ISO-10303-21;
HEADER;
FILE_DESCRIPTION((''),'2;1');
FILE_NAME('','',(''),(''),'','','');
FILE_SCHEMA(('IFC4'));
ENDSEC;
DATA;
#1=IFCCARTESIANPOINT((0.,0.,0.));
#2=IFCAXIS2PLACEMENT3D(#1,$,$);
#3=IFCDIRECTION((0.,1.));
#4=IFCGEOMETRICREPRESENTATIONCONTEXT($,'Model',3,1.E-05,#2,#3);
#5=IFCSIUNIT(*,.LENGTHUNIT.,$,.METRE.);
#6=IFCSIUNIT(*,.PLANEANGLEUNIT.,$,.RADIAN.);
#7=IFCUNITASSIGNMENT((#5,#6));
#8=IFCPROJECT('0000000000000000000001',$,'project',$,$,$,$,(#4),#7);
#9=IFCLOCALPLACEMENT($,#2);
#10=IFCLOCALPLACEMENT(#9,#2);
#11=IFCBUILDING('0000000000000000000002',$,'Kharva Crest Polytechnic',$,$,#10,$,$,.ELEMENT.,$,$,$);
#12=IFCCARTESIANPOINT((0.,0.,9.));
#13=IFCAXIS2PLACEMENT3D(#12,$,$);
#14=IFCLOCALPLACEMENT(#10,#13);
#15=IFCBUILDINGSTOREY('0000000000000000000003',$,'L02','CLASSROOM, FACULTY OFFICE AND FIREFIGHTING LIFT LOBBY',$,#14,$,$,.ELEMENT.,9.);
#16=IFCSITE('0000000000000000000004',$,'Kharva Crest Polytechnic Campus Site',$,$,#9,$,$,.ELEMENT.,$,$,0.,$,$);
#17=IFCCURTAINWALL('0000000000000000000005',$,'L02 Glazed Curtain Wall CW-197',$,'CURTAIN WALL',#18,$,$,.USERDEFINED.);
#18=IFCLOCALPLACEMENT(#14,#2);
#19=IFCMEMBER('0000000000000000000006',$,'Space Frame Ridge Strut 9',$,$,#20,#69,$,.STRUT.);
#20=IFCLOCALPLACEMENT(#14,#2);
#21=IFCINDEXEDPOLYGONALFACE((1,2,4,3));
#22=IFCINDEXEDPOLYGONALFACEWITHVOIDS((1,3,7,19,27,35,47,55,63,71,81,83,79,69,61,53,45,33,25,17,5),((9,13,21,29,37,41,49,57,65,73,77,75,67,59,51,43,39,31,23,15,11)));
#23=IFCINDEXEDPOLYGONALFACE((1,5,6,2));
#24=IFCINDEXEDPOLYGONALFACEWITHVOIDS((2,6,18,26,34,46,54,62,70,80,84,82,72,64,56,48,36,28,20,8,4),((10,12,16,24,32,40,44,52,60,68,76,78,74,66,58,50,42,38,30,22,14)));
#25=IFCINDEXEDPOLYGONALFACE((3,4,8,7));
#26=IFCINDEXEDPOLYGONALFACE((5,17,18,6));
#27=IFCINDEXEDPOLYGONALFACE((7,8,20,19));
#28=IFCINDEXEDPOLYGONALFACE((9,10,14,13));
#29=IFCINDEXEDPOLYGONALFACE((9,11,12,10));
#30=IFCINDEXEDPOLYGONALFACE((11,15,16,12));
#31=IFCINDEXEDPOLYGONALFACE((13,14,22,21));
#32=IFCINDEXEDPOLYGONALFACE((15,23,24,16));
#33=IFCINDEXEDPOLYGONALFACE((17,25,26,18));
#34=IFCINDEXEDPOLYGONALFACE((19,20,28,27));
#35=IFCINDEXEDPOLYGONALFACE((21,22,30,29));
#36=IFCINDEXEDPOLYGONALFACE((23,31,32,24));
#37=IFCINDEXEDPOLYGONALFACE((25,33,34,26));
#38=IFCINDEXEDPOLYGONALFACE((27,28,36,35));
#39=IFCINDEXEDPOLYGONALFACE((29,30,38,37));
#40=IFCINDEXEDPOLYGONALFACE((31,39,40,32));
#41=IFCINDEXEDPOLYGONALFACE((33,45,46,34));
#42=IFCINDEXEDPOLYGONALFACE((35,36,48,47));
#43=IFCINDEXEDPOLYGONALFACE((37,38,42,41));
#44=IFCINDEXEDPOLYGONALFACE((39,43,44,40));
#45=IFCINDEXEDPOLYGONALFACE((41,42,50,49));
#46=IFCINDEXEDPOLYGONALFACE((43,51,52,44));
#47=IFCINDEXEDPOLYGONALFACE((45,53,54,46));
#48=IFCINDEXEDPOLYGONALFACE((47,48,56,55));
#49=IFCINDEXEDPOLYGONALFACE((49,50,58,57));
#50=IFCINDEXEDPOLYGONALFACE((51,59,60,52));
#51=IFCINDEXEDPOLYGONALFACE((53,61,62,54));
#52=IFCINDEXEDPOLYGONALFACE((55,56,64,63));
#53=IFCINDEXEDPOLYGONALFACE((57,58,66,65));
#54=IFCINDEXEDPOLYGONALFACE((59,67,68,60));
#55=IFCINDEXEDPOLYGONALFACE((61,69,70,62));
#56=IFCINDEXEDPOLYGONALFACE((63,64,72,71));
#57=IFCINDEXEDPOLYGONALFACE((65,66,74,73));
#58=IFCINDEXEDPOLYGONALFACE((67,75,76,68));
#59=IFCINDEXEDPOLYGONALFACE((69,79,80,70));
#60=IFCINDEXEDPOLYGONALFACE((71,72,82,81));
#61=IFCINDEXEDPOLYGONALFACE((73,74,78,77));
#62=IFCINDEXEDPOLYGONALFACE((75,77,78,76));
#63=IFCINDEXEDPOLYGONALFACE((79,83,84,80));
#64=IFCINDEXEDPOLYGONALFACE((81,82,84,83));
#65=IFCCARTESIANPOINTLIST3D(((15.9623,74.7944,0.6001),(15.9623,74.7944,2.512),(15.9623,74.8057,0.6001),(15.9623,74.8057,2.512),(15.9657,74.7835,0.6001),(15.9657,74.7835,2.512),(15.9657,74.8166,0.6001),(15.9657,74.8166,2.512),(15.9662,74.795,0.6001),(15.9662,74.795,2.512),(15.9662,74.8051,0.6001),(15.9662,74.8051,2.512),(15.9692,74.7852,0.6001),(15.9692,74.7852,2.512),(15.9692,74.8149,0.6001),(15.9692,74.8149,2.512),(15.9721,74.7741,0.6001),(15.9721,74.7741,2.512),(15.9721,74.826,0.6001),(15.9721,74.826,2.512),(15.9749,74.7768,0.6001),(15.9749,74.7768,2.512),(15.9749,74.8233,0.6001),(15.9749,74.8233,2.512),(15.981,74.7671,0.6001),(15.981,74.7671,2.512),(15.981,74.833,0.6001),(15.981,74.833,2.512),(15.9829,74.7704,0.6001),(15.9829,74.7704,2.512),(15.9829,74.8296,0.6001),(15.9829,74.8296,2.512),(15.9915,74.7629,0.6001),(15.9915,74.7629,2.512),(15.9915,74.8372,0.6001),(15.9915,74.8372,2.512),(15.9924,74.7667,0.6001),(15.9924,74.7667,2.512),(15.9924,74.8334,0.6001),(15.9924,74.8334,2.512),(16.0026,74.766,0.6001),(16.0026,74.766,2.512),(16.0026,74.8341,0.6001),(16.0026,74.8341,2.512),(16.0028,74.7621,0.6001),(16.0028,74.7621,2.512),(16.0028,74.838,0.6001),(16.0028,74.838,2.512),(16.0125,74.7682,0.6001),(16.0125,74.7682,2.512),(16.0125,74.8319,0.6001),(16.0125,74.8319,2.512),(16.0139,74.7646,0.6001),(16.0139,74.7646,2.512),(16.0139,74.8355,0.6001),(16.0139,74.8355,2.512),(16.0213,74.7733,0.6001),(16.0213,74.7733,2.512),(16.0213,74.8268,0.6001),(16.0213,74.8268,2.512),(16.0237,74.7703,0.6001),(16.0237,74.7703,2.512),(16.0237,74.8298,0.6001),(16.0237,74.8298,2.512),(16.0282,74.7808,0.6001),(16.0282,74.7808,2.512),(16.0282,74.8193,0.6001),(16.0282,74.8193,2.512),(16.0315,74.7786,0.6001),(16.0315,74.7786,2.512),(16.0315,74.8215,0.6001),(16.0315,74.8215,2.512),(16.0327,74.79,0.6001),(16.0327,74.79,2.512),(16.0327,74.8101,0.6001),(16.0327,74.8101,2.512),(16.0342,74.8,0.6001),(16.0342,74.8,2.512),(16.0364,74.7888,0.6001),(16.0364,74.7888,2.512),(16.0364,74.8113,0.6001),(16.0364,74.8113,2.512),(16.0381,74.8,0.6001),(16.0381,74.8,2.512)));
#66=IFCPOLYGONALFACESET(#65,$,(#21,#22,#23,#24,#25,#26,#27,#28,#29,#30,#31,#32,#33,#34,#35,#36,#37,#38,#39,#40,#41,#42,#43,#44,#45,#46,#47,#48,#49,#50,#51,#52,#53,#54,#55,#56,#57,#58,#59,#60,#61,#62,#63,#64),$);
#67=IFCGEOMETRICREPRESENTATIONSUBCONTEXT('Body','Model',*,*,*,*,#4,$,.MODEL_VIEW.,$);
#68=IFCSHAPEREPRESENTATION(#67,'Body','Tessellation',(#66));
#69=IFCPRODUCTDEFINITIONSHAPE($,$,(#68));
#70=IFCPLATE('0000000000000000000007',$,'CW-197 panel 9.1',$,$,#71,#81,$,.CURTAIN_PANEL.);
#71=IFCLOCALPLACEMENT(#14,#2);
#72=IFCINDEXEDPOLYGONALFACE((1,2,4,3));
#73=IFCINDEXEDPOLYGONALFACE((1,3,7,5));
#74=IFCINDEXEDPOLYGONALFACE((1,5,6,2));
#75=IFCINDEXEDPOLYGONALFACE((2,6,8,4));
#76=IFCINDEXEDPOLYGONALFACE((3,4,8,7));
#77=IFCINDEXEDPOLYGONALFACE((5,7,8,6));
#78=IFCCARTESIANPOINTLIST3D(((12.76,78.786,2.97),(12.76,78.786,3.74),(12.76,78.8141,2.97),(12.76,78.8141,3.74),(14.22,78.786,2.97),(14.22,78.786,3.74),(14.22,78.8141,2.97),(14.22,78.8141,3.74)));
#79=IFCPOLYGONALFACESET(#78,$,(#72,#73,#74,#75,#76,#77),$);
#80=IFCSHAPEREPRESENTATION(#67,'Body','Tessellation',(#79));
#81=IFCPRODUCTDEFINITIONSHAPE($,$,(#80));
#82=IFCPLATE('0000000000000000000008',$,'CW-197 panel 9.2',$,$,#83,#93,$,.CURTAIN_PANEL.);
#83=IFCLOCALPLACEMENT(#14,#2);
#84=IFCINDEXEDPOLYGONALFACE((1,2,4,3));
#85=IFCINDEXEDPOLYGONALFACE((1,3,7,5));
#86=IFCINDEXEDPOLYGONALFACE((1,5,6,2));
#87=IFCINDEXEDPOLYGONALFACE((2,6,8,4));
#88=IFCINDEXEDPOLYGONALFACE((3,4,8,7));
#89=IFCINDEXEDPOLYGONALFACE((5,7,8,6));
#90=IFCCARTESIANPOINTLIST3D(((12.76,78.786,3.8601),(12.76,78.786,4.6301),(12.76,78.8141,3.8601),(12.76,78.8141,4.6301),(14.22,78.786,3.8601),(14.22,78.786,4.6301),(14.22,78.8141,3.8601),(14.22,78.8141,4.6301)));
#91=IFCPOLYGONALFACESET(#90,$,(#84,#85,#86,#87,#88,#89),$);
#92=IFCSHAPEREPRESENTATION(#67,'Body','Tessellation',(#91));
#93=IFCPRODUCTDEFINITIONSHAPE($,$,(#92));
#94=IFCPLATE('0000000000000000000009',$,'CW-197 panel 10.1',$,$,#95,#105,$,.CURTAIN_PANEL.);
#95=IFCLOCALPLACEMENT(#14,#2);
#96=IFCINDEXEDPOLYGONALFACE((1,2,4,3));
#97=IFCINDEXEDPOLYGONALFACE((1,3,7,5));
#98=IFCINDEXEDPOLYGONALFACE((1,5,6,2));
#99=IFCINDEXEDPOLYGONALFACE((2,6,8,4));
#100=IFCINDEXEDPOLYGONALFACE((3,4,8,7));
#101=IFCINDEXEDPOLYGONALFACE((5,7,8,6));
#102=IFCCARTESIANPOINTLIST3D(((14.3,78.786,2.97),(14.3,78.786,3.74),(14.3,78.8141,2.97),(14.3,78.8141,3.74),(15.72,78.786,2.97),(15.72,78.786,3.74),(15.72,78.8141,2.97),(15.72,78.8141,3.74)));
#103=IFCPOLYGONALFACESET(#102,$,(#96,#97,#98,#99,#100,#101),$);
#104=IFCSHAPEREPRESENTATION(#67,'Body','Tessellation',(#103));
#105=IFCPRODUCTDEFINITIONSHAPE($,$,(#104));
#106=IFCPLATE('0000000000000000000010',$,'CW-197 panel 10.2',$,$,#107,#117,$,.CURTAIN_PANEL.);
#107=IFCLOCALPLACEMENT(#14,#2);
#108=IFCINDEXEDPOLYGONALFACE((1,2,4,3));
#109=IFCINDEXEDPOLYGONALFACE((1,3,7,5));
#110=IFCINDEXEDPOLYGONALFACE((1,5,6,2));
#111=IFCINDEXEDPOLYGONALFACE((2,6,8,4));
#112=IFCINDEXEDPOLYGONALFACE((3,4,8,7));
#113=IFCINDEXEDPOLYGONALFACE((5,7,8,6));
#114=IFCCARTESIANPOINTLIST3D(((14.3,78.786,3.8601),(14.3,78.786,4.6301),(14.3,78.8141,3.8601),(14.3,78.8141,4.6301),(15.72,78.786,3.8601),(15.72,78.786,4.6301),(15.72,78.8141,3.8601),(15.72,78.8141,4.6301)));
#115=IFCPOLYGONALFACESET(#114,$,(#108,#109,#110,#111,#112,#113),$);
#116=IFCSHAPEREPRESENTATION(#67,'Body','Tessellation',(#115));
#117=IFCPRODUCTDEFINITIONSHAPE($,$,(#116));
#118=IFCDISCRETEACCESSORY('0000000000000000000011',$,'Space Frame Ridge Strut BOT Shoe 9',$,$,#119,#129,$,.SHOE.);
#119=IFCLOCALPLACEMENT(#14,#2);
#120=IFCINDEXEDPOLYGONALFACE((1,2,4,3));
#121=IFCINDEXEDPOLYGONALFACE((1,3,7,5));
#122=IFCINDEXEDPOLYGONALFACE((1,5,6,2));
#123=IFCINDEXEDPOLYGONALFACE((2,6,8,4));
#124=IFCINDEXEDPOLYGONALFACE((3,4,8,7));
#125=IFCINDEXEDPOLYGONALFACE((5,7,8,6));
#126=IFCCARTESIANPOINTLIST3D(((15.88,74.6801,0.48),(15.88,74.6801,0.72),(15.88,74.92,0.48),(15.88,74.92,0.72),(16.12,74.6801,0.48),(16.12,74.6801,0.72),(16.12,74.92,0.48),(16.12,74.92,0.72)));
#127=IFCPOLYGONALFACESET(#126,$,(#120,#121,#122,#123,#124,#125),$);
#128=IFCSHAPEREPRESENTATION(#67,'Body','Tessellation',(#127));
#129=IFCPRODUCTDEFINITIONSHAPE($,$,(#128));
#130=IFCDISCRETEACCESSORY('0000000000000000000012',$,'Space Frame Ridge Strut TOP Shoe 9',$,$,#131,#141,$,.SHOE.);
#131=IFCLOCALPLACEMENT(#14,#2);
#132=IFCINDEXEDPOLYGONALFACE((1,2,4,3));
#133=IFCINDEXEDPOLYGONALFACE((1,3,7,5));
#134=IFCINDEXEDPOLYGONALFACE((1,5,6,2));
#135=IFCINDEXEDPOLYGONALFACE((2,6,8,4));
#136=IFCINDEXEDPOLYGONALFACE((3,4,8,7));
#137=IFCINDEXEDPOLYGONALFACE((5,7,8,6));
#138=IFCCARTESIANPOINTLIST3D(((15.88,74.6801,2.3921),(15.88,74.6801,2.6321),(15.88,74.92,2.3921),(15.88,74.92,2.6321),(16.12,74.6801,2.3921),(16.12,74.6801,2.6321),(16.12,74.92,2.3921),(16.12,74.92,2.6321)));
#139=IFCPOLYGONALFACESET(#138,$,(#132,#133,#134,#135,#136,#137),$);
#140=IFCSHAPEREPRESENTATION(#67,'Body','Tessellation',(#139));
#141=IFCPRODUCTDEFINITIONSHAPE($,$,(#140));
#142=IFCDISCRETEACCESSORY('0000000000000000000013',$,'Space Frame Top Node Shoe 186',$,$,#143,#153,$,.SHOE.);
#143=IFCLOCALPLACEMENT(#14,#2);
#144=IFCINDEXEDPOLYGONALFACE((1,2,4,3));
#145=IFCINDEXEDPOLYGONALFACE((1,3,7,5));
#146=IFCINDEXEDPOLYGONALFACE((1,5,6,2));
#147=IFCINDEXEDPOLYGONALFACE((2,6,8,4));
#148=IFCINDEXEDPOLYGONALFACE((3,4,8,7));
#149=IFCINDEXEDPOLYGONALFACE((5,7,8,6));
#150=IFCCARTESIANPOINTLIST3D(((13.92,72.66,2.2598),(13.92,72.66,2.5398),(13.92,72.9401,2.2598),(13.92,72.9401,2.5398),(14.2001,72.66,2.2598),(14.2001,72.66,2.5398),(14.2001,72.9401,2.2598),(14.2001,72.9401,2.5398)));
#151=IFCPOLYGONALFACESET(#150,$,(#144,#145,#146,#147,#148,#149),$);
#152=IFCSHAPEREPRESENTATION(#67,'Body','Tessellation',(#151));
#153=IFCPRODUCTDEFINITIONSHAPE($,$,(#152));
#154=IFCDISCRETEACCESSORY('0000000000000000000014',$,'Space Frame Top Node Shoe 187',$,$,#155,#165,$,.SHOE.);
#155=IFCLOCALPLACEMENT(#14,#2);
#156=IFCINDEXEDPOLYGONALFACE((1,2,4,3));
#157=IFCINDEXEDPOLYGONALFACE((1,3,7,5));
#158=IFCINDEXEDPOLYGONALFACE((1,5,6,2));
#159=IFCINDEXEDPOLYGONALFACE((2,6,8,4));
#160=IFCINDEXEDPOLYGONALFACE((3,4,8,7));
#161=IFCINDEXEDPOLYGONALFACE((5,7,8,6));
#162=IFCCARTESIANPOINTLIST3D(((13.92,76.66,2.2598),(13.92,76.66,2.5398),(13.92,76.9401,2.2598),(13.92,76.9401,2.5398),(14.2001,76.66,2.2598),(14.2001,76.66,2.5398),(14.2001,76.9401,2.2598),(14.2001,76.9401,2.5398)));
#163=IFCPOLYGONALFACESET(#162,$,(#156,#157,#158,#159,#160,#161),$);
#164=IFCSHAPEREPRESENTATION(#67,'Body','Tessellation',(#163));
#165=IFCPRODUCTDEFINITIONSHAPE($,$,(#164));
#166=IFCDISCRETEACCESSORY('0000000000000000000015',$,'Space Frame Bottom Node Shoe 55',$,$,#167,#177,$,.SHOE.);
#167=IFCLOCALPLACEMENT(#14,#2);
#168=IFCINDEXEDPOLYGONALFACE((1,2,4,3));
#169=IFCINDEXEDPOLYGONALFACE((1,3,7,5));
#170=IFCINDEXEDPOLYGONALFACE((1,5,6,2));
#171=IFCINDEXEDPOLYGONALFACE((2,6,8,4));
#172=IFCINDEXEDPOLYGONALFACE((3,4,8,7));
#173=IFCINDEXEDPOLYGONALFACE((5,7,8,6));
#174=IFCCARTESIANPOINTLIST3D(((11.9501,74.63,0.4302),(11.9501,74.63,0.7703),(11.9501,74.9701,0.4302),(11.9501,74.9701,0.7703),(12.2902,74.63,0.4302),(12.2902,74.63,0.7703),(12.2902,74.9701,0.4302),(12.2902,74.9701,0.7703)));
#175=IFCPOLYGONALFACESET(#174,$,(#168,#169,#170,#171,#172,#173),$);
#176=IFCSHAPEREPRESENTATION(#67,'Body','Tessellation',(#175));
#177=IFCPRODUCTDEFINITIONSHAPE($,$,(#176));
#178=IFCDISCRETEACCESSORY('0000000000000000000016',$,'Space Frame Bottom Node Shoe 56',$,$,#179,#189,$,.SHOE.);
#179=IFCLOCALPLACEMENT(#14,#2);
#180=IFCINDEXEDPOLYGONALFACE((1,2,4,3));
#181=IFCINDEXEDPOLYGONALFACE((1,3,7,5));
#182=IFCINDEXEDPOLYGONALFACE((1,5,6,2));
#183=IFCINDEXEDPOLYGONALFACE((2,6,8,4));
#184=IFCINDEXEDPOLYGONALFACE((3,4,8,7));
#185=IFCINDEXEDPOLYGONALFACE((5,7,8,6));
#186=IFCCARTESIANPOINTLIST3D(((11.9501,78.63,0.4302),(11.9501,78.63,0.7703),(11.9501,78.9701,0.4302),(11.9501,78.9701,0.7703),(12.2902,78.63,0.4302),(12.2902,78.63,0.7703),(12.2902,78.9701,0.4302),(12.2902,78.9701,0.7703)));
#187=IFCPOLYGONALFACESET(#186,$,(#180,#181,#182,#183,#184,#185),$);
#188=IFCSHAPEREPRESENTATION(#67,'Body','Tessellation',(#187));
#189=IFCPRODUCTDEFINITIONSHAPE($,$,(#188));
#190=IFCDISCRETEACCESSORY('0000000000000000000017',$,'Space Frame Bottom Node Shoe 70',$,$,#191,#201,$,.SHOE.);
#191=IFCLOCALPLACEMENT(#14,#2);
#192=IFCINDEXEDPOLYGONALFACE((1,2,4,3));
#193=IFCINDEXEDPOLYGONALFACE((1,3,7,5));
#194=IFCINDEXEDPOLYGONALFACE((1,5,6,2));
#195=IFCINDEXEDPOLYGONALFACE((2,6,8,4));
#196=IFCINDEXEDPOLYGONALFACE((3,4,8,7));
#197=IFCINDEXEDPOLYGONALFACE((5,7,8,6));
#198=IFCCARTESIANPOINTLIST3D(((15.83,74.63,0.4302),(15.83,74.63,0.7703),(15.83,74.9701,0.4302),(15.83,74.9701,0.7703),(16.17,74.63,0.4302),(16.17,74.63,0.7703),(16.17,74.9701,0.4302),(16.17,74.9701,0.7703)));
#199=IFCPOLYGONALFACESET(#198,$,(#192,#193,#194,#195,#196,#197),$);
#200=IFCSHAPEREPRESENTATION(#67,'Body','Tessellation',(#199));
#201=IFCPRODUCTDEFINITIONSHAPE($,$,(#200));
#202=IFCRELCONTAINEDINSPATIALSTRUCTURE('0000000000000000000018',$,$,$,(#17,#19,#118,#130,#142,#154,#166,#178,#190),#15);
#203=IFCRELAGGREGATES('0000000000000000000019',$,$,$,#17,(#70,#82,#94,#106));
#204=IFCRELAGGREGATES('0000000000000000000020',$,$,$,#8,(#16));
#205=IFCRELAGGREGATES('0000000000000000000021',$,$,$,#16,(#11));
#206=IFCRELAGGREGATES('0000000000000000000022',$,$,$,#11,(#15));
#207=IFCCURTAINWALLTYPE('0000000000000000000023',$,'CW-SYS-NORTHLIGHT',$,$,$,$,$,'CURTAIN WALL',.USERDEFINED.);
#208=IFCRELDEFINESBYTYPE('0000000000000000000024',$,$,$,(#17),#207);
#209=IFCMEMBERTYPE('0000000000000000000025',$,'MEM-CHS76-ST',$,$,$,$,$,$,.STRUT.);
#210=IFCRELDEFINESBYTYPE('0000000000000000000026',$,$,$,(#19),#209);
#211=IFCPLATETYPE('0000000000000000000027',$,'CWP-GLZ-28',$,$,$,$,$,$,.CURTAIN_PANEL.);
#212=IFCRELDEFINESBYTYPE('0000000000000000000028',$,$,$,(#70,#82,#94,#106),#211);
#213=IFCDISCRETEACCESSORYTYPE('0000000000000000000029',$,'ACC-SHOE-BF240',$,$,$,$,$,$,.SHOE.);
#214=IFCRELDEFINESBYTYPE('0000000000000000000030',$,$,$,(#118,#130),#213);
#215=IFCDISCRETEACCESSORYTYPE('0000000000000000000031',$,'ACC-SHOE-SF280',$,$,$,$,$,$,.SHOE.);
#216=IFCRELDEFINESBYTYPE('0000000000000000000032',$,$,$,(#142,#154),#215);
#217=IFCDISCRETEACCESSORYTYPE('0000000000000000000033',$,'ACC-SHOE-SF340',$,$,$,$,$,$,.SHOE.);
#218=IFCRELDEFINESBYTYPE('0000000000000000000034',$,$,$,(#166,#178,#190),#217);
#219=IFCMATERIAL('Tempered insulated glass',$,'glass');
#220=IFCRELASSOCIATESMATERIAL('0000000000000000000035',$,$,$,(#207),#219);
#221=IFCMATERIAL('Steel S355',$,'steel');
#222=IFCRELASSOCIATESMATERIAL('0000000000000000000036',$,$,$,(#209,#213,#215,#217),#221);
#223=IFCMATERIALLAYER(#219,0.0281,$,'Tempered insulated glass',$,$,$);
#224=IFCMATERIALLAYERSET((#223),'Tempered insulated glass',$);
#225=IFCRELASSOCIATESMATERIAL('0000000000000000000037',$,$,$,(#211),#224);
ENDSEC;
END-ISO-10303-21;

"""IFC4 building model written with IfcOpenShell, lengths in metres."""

from ifc_helpers import new_model, si_unit, direction, frame, origin, origin_2d, place, context, subcontext, project, spatial, rectangle, hollow_circle, extrude, material, layer, layer_set, material_profile, profile_set, type_object, element, aggregate, save


model = new_model("IFC4")

# Units and contexts
model_context = context("Model", 3, precision=1e-05, world=origin(), true_north=direction((0.0, 1.0)))
body_context = subcontext(model_context, "Body", "Model", "MODEL_VIEW")
ifc_project = project(units=[si_unit("LENGTHUNIT", "METRE"), si_unit("PLANEANGLEUNIT", "RADIAN")], contexts=[model_context])

# Site, building, storey
site_placement = place(None, origin())
site = spatial("IfcSite", under=ifc_project, at=site_placement, Name="Kharva Crest Polytechnic Campus Site", CompositionType="ELEMENT", RefElevation=0.0)
building_placement = place(site_placement, origin())
building = spatial("IfcBuilding", under=site, at=building_placement, Name="Kharva Crest Polytechnic", CompositionType="ELEMENT")
storey_placement = place(building_placement, frame((0.0, 0.0, 9.0)))
storey = spatial("IfcBuildingStorey", under=building, at=storey_placement, Name="L02", Description="CLASSROOM, FACULTY OFFICE AND FIREFIGHTING LIFT LOBBY", CompositionType="ELEMENT", Elevation=9.0)

# Curtain wall
ifc_material_1 = material(Name="Tempered insulated glass", Category="glass")
curtain_wall_type = type_object("IfcCurtainWallType", Name="CW-SYS-NORTHLIGHT", ElementType="CURTAIN WALL", PredefinedType="USERDEFINED", material=ifc_material_1)
curtain_wall_placement = place(storey_placement, origin())
curtain_wall = element("IfcCurtainWall", 1, at=curtain_wall_placement, inside=storey, type_object=curtain_wall_type, Name="L02 Glazed Curtain Wall CW-197", ObjectType="CURTAIN WALL", PredefinedType="USERDEFINED")
ifc_material_2 = material(Name="Steel S355", Category="steel")

# Member
ifc_material_profile_1 = material_profile(ifc_material_2, hollow_circle(Radius=0.0381, WallThickness=0.0039, at=origin_2d()), Name="CHS 76.1X4.0")
ifc_profile_set_1 = profile_set([ifc_material_profile_1], Name="Steel S355")
member_type_1 = type_object("IfcMemberType", Name="MEM-CHS76-ST", PredefinedType="STRUT", material=ifc_profile_set_1)
member_1_placement = place(storey_placement, frame((16.0, 74.8, 0.6001), z_axis=(0.0, 0.0, 1.0), x_axis=(1.0, 0.0, 0.0)))
element("IfcMember", 2, at=member_1_placement, inside=storey, type_object=member_type_1, Name="Space Frame Ridge Strut 9", PredefinedType="STRUT", context=body_context, shape_type="SweptSolid", body=[
    extrude(hollow_circle(Radius=0.0381, WallThickness=0.0039, at=origin_2d()), origin(), (0.0, 0.0, 1.0), 1.9119),
])

# Plates
ifc_layer = layer(ifc_material_1, 0.0281, Name="Tempered insulated glass")
ifc_layer_set = layer_set([ifc_layer], Name="Tempered insulated glass")
plate_type = type_object("IfcPlateType", Name="CWP-GLZ-28", PredefinedType="CURTAIN_PANEL", material=ifc_layer_set)
plate_1_placement = place(storey_placement, frame((13.49, 78.8, 2.97), z_axis=(0.0, 0.0, 1.0), x_axis=(1.0, 0.0, 0.0)))
plate_1 = element("IfcPlate", 3, at=plate_1_placement, type_object=plate_type, Name="CW-197 panel 9.1", PredefinedType="CURTAIN_PANEL", context=body_context, shape_type="SweptSolid", body=[
    extrude(rectangle(XDim=1.46, YDim=0.0281, at=origin_2d()), origin(), (0.0, 0.0, 1.0), 0.77),
])
plate_2_placement = place(storey_placement, frame((13.49, 78.8, 3.8601), z_axis=(0.0, 0.0, 1.0), x_axis=(1.0, 0.0, 0.0)))
plate_2 = element("IfcPlate", 4, at=plate_2_placement, type_object=plate_type, Name="CW-197 panel 9.2", PredefinedType="CURTAIN_PANEL", context=body_context, shape_type="SweptSolid", body=[
    extrude(rectangle(XDim=1.46, YDim=0.0281, at=origin_2d()), origin(), (0.0, 0.0, 1.0), 0.77),
])
plate_3_placement = place(storey_placement, frame((15.01, 78.8, 2.97), z_axis=(0.0, 0.0, 1.0), x_axis=(1.0, 0.0, 0.0)))
plate_3 = element("IfcPlate", 5, at=plate_3_placement, type_object=plate_type, Name="CW-197 panel 10.1", PredefinedType="CURTAIN_PANEL", context=body_context, shape_type="SweptSolid", body=[
    extrude(rectangle(XDim=1.4199, YDim=0.0281, at=origin_2d()), origin(), (0.0, 0.0, 1.0), 0.77),
])
plate_4_placement = place(storey_placement, frame((15.01, 78.8, 3.8601), z_axis=(0.0, 0.0, 1.0), x_axis=(1.0, 0.0, 0.0)))
plate_4 = element("IfcPlate", 6, at=plate_4_placement, type_object=plate_type, Name="CW-197 panel 10.2", PredefinedType="CURTAIN_PANEL", context=body_context, shape_type="SweptSolid", body=[
    extrude(rectangle(XDim=1.4199, YDim=0.0281, at=origin_2d()), origin(), (0.0, 0.0, 1.0), 0.77),
])
aggregate(curtain_wall, [plate_1, plate_2, plate_3, plate_4])

# Discrete accessories
discrete_accessory_type_1 = type_object("IfcDiscreteAccessoryType", Name="ACC-SHOE-BF240", PredefinedType="SHOE", material=ifc_material_2)
for number, where, z_axis, x_axis, name in (
    (7, (16.0, 74.8, 0.48), (0.0, 0.0, 1.0), (1.0, 0.0, 0.0), "Space Frame Ridge Strut BOT Shoe 9"),
    (8, (16.0, 74.8, 2.3921), (0.0, 0.0, 1.0), (1.0, 0.0, 0.0), "Space Frame Ridge Strut TOP Shoe 9"),
):
    element("IfcDiscreteAccessory", number, at=place(storey_placement, frame(where, z_axis=z_axis, x_axis=x_axis)), inside=storey, type_object=discrete_accessory_type_1, Name=name, PredefinedType="SHOE", context=body_context, shape_type="SweptSolid", body=[
        extrude(rectangle(XDim=0.24, YDim=0.24, at=origin_2d()), origin(), (0.0, 0.0, 1.0), 0.24),
    ])
discrete_accessory_type_2 = type_object("IfcDiscreteAccessoryType", Name="ACC-SHOE-SF280", PredefinedType="SHOE", material=ifc_material_2)
for number, where, z_axis, x_axis, name in (
    (9, (14.0601, 72.8, 2.2598), (0.0, 0.0, 1.0), (1.0, 0.0, 0.0), "Space Frame Top Node Shoe 186"),
    (10, (14.0601, 76.8, 2.2598), (0.0, 0.0, 1.0), (1.0, 0.0, 0.0), "Space Frame Top Node Shoe 187"),
):
    element("IfcDiscreteAccessory", number, at=place(storey_placement, frame(where, z_axis=z_axis, x_axis=x_axis)), inside=storey, type_object=discrete_accessory_type_2, Name=name, PredefinedType="SHOE", context=body_context, shape_type="SweptSolid", body=[
        extrude(rectangle(XDim=0.28, YDim=0.28, at=origin_2d()), origin(), (0.0, 0.0, 1.0), 0.28),
    ])
discrete_accessory_type_3 = type_object("IfcDiscreteAccessoryType", Name="ACC-SHOE-SF340", PredefinedType="SHOE", material=ifc_material_2)
for number, where, z_axis, x_axis, name in (
    (11, (12.1201, 74.8, 0.4302), (0.0, 0.0, 1.0), (1.0, 0.0, 0.0), "Space Frame Bottom Node Shoe 55"),
    (12, (12.1201, 78.8, 0.4302), (0.0, 0.0, 1.0), (1.0, 0.0, 0.0), "Space Frame Bottom Node Shoe 56"),
    (13, (16.0, 74.8, 0.4302), (0.0, 0.0, 1.0), (1.0, 0.0, 0.0), "Space Frame Bottom Node Shoe 70"),
):
    element("IfcDiscreteAccessory", number, at=place(storey_placement, frame(where, z_axis=z_axis, x_axis=x_axis)), inside=storey, type_object=discrete_accessory_type_3, Name=name, PredefinedType="SHOE", context=body_context, shape_type="SweptSolid", body=[
        extrude(rectangle(XDim=0.3401, YDim=0.3401, at=origin_2d()), origin(), (0.0, 0.0, 1.0), 0.3401),
    ])

save(model, "model.ifc")
